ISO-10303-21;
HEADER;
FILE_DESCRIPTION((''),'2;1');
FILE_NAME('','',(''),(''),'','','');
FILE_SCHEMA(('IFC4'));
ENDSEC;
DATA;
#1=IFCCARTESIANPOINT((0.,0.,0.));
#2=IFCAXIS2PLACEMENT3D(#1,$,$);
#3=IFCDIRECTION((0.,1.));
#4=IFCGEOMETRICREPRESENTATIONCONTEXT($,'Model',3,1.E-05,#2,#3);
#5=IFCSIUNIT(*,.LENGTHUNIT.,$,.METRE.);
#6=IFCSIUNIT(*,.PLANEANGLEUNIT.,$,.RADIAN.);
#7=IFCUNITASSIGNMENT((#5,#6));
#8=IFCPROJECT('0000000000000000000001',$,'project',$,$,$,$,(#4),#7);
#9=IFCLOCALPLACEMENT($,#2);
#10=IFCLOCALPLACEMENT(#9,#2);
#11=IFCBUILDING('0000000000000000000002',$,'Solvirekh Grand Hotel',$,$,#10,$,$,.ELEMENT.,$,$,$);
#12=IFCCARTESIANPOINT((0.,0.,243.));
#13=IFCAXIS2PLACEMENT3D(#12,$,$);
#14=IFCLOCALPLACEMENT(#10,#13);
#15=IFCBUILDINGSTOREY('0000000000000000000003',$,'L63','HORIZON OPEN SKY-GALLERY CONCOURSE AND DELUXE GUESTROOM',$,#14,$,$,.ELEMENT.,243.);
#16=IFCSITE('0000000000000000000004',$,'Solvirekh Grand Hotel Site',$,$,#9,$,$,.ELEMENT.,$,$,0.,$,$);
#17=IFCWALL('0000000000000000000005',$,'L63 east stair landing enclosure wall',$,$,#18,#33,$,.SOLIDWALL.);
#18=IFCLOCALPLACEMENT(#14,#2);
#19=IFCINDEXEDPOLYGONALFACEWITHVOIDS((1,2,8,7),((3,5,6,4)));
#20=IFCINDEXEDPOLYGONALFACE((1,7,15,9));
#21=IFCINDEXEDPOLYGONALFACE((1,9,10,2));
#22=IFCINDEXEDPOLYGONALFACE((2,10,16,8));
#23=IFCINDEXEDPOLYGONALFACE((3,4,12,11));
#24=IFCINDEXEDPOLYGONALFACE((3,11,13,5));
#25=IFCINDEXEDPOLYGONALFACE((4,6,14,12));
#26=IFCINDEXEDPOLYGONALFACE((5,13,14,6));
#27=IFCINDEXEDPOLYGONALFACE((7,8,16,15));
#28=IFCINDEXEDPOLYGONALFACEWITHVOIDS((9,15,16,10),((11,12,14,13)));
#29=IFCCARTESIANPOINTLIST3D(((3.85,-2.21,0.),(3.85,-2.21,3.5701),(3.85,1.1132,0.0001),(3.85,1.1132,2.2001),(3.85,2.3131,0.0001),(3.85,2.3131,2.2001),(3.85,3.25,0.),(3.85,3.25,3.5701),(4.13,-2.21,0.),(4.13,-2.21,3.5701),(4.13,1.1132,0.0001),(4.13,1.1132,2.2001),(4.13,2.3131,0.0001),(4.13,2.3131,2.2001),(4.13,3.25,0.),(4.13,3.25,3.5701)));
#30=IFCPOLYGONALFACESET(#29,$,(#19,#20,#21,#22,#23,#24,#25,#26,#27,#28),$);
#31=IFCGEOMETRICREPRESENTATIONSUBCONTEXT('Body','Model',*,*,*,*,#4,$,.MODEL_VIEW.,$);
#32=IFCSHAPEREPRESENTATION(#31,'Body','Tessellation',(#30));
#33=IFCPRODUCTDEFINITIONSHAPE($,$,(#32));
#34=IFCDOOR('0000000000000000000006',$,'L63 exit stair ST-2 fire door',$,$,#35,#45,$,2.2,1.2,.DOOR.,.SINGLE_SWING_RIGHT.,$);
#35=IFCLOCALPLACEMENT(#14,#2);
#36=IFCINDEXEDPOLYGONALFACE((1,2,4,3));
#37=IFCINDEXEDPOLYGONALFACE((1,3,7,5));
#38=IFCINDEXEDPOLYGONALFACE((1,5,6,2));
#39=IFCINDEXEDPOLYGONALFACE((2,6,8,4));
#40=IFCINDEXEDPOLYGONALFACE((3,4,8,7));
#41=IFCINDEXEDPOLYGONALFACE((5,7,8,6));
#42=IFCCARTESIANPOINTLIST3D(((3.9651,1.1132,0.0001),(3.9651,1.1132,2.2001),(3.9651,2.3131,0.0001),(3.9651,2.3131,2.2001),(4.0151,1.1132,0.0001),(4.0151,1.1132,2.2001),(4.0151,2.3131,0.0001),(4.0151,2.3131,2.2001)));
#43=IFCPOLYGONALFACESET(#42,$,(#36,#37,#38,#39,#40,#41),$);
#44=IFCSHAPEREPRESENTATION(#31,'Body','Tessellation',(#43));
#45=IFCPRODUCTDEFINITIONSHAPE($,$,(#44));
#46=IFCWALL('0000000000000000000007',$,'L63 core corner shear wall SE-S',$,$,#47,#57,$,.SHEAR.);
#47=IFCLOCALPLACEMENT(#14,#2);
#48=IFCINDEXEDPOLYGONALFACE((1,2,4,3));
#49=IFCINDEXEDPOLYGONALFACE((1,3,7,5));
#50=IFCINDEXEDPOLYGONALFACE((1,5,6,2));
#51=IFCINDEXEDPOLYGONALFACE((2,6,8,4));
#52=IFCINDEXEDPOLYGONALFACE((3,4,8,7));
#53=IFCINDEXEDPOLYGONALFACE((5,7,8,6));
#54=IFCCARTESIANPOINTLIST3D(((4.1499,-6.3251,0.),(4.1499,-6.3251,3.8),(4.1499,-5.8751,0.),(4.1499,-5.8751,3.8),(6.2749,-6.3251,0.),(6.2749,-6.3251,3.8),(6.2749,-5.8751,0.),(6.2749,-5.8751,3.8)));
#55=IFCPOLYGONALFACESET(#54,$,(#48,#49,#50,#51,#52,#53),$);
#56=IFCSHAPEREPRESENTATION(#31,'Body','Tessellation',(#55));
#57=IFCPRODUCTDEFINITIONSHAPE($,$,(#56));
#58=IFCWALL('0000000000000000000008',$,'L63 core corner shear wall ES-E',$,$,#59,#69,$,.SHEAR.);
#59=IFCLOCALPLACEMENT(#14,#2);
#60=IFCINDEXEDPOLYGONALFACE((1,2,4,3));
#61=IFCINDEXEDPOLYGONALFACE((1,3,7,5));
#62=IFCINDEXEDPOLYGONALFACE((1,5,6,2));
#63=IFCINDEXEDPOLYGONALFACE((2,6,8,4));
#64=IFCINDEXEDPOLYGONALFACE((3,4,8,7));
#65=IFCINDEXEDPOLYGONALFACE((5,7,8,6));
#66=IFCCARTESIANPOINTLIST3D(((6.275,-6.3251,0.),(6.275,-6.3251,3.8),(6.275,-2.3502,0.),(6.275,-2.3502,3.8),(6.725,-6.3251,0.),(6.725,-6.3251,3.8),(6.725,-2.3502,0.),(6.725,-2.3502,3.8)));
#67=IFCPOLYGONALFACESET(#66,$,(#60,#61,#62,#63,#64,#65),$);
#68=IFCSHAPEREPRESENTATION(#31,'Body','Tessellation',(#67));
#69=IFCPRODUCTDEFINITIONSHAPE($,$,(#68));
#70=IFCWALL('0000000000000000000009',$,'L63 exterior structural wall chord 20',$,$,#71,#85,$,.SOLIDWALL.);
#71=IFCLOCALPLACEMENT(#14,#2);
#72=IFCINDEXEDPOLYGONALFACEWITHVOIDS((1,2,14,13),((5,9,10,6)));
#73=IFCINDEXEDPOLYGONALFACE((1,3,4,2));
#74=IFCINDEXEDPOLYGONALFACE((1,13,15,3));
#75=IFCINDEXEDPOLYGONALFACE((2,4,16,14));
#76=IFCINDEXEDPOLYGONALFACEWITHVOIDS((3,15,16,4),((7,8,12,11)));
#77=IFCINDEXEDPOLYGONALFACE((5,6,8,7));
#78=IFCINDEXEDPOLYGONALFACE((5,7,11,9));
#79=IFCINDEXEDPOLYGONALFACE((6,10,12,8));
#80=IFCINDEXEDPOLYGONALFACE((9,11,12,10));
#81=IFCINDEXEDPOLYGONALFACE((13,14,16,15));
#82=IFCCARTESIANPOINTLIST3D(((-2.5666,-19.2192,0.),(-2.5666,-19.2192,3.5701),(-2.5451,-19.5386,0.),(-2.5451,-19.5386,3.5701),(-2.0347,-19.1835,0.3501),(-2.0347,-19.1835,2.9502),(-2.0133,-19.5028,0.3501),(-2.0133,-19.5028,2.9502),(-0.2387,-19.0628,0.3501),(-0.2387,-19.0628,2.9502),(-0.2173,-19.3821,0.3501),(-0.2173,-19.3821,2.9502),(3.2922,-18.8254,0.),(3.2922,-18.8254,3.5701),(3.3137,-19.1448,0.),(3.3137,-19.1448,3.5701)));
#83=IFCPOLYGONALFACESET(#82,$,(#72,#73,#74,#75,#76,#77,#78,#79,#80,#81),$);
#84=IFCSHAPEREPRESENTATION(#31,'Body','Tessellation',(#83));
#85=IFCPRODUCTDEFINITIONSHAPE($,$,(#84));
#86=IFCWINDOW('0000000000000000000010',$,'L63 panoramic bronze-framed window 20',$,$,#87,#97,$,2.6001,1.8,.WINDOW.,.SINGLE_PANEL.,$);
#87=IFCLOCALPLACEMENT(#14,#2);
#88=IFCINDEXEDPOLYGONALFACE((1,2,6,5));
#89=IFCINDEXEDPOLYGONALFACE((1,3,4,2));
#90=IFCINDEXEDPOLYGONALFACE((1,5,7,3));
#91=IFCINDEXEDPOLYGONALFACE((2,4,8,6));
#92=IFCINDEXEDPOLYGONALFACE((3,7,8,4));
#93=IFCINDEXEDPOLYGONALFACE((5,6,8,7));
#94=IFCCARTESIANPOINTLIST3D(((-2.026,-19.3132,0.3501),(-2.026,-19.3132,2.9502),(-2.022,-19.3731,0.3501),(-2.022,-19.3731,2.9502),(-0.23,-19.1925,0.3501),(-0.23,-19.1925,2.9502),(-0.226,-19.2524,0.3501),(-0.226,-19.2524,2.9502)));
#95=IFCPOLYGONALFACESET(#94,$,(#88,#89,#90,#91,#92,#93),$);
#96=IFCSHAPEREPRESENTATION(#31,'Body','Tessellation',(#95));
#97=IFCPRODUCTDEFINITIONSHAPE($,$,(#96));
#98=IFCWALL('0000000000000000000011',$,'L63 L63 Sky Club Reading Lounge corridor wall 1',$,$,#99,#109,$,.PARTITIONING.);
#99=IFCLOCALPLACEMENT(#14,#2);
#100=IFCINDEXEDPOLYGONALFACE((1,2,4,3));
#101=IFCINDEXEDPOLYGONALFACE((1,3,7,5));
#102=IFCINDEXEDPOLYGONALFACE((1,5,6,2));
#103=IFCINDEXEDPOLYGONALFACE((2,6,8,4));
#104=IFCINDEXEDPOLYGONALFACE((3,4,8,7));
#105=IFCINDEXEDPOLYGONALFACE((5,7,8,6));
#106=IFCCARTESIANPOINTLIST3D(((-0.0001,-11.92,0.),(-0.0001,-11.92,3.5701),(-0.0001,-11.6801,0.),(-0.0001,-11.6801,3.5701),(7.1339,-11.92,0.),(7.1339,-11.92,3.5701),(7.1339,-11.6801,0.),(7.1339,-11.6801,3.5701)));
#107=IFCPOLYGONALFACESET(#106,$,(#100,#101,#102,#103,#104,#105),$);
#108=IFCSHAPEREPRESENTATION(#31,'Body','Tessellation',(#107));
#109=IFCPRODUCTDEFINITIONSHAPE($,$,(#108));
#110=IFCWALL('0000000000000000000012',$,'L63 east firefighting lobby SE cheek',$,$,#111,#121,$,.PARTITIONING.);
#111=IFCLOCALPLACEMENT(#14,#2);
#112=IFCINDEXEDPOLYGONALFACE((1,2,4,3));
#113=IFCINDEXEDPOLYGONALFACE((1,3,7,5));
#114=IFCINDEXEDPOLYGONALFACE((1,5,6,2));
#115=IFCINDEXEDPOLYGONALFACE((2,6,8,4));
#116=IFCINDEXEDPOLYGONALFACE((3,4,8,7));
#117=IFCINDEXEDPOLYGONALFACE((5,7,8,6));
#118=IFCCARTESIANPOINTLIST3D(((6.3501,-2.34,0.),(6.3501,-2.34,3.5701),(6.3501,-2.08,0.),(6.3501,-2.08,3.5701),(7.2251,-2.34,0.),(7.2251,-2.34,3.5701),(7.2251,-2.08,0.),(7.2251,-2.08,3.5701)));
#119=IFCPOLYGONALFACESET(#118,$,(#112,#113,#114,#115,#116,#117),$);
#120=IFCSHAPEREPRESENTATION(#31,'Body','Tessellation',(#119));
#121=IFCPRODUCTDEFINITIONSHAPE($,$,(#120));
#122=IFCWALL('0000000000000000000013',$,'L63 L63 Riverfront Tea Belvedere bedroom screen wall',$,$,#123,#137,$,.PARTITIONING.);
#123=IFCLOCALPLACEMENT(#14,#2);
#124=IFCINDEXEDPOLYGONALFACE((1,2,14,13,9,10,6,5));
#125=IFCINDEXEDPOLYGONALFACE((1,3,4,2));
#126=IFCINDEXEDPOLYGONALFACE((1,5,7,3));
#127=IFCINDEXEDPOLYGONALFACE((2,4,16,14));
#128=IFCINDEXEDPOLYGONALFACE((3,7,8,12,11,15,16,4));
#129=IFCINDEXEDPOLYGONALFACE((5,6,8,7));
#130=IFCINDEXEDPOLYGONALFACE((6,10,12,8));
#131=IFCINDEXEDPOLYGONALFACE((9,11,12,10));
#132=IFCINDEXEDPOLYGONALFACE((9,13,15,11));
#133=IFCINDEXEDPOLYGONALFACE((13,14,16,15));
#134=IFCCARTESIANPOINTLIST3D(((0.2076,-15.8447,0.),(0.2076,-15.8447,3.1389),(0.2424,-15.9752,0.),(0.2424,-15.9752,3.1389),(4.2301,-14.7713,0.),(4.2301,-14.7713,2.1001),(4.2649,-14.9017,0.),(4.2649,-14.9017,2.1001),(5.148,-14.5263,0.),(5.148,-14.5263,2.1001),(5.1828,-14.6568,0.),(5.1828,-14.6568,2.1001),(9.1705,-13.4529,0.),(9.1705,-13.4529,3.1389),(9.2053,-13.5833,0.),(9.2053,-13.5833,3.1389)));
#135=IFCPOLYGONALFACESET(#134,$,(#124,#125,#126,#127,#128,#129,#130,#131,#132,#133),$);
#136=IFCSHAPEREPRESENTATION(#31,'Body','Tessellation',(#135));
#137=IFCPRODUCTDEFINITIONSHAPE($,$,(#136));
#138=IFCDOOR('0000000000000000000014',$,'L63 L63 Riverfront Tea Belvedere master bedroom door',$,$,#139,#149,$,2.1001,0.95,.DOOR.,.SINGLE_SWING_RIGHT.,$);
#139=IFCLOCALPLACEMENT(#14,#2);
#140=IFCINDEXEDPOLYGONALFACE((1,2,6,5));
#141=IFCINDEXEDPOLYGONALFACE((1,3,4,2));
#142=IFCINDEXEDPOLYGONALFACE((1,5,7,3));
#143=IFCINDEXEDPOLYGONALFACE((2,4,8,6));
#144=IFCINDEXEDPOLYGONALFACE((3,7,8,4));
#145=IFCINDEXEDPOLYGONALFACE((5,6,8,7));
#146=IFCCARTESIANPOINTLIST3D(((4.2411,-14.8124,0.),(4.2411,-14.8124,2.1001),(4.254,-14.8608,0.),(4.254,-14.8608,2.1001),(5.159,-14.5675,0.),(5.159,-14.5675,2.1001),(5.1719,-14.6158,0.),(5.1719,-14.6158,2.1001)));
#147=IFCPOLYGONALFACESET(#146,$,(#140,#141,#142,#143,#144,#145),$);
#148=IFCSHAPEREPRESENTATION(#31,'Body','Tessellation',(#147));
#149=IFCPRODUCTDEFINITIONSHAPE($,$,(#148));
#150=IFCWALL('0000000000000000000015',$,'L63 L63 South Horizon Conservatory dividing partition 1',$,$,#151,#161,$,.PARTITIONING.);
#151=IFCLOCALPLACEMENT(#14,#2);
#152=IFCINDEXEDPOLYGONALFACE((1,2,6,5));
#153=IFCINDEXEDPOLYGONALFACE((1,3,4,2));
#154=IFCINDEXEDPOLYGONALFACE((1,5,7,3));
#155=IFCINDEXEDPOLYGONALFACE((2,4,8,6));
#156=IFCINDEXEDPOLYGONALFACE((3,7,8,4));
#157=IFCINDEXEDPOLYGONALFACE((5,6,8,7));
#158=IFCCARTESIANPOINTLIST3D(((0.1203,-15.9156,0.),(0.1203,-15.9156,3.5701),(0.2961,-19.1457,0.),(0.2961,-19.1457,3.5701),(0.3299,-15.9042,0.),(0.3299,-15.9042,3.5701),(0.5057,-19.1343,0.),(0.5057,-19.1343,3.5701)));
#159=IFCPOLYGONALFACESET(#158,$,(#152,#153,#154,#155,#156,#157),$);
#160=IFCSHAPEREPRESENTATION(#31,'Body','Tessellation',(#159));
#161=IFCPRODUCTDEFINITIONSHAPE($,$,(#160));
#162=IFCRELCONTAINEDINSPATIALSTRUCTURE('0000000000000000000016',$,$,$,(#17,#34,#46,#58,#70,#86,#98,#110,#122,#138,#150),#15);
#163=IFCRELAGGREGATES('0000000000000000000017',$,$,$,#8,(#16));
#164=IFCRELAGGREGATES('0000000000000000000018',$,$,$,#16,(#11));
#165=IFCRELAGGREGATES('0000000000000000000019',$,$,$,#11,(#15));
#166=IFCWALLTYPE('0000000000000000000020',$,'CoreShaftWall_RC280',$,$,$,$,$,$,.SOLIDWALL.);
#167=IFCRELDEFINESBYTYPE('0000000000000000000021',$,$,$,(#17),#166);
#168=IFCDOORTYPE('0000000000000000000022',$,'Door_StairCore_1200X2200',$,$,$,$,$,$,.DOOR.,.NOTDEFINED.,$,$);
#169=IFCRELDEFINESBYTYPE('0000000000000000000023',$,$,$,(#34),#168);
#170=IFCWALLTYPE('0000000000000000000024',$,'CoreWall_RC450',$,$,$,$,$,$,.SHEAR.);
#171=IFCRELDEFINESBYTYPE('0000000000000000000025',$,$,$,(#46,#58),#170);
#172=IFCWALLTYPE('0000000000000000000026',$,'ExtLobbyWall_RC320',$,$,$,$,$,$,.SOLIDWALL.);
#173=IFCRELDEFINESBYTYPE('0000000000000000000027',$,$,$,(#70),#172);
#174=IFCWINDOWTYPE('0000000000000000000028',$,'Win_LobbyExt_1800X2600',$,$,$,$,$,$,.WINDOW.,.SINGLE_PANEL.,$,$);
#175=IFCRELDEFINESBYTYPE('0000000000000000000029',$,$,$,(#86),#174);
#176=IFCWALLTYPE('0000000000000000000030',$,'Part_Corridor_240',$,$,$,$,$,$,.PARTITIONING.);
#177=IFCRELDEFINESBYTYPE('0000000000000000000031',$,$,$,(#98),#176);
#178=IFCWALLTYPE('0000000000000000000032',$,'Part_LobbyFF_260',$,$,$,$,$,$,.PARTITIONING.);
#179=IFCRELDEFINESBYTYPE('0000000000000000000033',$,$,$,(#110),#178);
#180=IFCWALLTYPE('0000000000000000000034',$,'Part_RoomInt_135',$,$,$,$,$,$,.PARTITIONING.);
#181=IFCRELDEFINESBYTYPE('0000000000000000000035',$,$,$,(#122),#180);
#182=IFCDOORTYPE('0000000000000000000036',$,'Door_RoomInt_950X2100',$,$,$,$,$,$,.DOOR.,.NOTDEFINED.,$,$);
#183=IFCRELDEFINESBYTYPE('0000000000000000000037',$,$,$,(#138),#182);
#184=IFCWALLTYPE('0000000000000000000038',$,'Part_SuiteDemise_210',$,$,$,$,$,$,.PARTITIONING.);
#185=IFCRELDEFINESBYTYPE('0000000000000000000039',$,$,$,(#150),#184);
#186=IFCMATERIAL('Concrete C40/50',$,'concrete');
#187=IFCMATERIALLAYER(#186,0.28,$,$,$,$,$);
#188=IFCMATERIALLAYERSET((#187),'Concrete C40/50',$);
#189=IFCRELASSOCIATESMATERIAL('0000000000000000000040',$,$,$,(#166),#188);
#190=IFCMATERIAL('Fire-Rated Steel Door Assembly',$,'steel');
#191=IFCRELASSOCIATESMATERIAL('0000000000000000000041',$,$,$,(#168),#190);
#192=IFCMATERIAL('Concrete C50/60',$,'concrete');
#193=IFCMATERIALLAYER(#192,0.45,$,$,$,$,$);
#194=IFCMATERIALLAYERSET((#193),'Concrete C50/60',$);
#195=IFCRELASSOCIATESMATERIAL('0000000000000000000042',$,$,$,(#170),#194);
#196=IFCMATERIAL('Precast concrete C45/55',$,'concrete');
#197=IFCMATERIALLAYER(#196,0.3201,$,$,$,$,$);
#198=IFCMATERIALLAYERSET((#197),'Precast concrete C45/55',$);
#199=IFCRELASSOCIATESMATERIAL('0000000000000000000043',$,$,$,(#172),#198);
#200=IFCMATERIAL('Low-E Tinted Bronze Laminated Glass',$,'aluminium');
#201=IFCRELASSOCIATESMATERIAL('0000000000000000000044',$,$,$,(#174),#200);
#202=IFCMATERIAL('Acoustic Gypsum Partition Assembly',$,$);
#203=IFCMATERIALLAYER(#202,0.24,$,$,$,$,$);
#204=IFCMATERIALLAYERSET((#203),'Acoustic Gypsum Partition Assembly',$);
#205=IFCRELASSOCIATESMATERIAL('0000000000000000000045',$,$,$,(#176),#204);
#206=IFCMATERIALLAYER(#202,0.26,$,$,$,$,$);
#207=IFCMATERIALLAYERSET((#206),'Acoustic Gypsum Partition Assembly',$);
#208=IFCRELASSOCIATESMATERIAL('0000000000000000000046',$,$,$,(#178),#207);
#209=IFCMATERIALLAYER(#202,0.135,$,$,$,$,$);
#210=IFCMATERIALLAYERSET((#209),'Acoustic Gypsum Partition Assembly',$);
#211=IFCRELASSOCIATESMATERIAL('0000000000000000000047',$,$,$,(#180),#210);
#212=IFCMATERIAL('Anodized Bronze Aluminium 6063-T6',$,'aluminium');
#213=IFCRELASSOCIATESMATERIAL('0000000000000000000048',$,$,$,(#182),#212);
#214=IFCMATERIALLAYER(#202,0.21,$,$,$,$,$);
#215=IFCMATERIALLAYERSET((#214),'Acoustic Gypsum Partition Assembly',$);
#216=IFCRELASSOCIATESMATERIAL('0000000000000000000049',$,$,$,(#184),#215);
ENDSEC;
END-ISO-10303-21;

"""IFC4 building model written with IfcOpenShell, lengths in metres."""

from ifc_helpers import new_model, si_unit, direction, frame, frame_2d, origin, place, context, subcontext, project, spatial, rectangle, extrude, material, layer, layer_set, type_object, element, fill, save


model = new_model("IFC4")

# Units and contexts
model_context = context("Model", 3, precision=1e-05, world=origin(), true_north=direction((0.0, 1.0)))
body_context = subcontext(model_context, "Body", "Model", "MODEL_VIEW")
ifc_project = project(units=[si_unit("LENGTHUNIT", "METRE"), si_unit("PLANEANGLEUNIT", "RADIAN")], contexts=[model_context])

# Site, building, storey
site_placement = place(None, origin())
site = spatial("IfcSite", under=ifc_project, at=site_placement, Name="Solvirekh Grand Hotel Site", CompositionType="ELEMENT", RefElevation=0.0)
building_placement = place(site_placement, origin())
building = spatial("IfcBuilding", under=site, at=building_placement, Name="Solvirekh Grand Hotel", CompositionType="ELEMENT")
storey_placement = place(building_placement, frame((0.0, 0.0, 243.0)))
storey = spatial("IfcBuildingStorey", under=building, at=storey_placement, Name="L63", Description="HORIZON OPEN SKY-GALLERY CONCOURSE AND DELUXE GUESTROOM", CompositionType="ELEMENT", Elevation=243.0)

# Shared definitions
ifc_material_1 = material(Name="Concrete C50/60", Category="concrete")

# Shared definitions
ifc_material_2 = material(Name="Anodized Bronze Aluminium 6063-T6", Category="aluminium")

# Shared definitions
ifc_material_3 = material(Name="Concrete C40/50", Category="concrete")

# Shared definitions
ifc_material_4 = material(Name="Low-E Tinted Bronze Laminated Glass", Category="aluminium")

# Shared definitions
ifc_layer_1 = layer(ifc_material_3, 0.28)
ifc_layer_set_1 = layer_set([ifc_layer_1], Name="Concrete C40/50")
wall_type_1 = type_object("IfcWallType", Name="CoreShaftWall_RC280", PredefinedType="SOLIDWALL", material=ifc_layer_set_1)

# Shared definitions
ifc_material_5 = material(Name="Fire-Rated Steel Door Assembly", Category="steel")

# Wall, opening, door
wall_1_placement = place(storey_placement, frame((3.99, -2.21, 0.0), z_axis=(0.0, 0.0, 1.0), x_axis=(0.0, 1.0, 0.0)))
wall_1 = element("IfcWall", 1, at=wall_1_placement, inside=storey, type_object=wall_type_1, Name="L63 east stair landing enclosure wall", PredefinedType="SOLIDWALL", context=body_context, shape_type="SweptSolid", body=[
    extrude(rectangle(XDim=5.46, YDim=0.28, at=frame_2d((2.73, 0.0))), origin(), (0.0, 0.0, 1.0), 3.5701),
])
opening_1_placement = place(wall_1_placement, frame((3.323, 0.0, 0.0)))
opening_1 = element("IfcOpeningElement", 2, at=opening_1_placement, cuts=wall_1, PredefinedType="OPENING", context=body_context, shape_type="SweptSolid", body=[
    extrude(rectangle(XDim=1.2, YDim=2.2, at=frame_2d((0.6001, 1.1001))), frame((0.0, 0.1499, 0.0), z_axis=(0.0, -1.0, 0.0), x_axis=(1.0, 0.0, 0.0)), (0.0, 0.0, 1.0), 0.3),
])
door_type_1 = type_object("IfcDoorType", Name="Door_StairCore_1200X2200", OperationType="NOTDEFINED", PredefinedType="DOOR", material=ifc_material_5)
door_1_placement = place(opening_1_placement, origin())
door_1 = element("IfcDoor", 3, at=door_1_placement, inside=storey, type_object=door_type_1, Name="L63 exit stair ST-2 fire door", OperationType="SINGLE_SWING_RIGHT", OverallHeight=2.2, OverallWidth=1.2, PredefinedType="DOOR", context=body_context, shape_type="SweptSolid", body=[
    extrude(rectangle(XDim=1.2, YDim=2.2, at=frame_2d((0.6001, 1.1001))), frame((0.0, 0.0249, 0.0), z_axis=(0.0, -1.0, 0.0), x_axis=(1.0, 0.0, 0.0)), (0.0, 0.0, 1.0), 0.05),
])
fill(opening_1, door_1)

# Walls
ifc_layer_2 = layer(ifc_material_1, 0.45)
ifc_layer_set_2 = layer_set([ifc_layer_2], Name="Concrete C50/60")
wall_type_2 = type_object("IfcWallType", Name="CoreWall_RC450", PredefinedType="SHEAR", material=ifc_layer_set_2)
wall_2_placement = place(storey_placement, frame((4.1499, -6.1001, 0.0), z_axis=(0.0, 0.0, 1.0), x_axis=(1.0, 0.0, 0.0)))
element("IfcWall", 4, at=wall_2_placement, inside=storey, type_object=wall_type_2, Name="L63 core corner shear wall SE-S", PredefinedType="SHEAR", context=body_context, shape_type="SweptSolid", body=[
    extrude(rectangle(XDim=2.125, YDim=0.45, at=frame_2d((1.0625, 0.0))), origin(), (0.0, 0.0, 1.0), 3.8),
])
wall_3_placement = place(storey_placement, frame((6.5, -6.325, 0.0), z_axis=(0.0, 0.0, 1.0), x_axis=(0.0, 1.0, 0.0)))
element("IfcWall", 5, at=wall_3_placement, inside=storey, type_object=wall_type_2, Name="L63 core corner shear wall ES-E", PredefinedType="SHEAR", context=body_context, shape_type="SweptSolid", body=[
    extrude(rectangle(XDim=3.9749, YDim=0.45, at=frame_2d((1.9873, 0.0))), origin(), (0.0, 0.0, 1.0), 3.8),
])

# Wall, opening, window
ifc_material_6 = material(Name="Precast concrete C45/55", Category="concrete")
ifc_layer_3 = layer(ifc_material_6, 0.3201)
ifc_layer_set_3 = layer_set([ifc_layer_3], Name="Precast concrete C45/55")
wall_type_3 = type_object("IfcWallType", Name="ExtLobbyWall_RC320", PredefinedType="SOLIDWALL", material=ifc_layer_set_3)
wall_4_placement = place(storey_placement, frame((3.303, -18.9851, 0.0), z_axis=(0.0, 0.0, 1.0), x_axis=(-0.997749, -0.067063, 0.0)))
wall_4 = element("IfcWall", 6, at=wall_4_placement, inside=storey, type_object=wall_type_3, Name="L63 exterior structural wall chord 20", PredefinedType="SOLIDWALL", context=body_context, shape_type="SweptSolid", body=[
    extrude(rectangle(XDim=5.8721, YDim=0.3201, at=frame_2d((2.936, 0.0))), origin(), (0.0, 0.0, 1.0), 3.5701),
])
opening_2_placement = place(wall_4_placement, frame((3.5391, 0.0, 0.3501)))
opening_2 = element("IfcOpeningElement", 7, at=opening_2_placement, cuts=wall_4, PredefinedType="OPENING", context=body_context, shape_type="SweptSolid", body=[
    extrude(rectangle(XDim=1.8, YDim=2.6001, at=frame_2d((0.8999, 1.3))), frame((0.0, 0.1699, 0.0), z_axis=(0.0, -1.0, 0.0), x_axis=(1.0, 0.0, 0.0)), (0.0, 0.0, 1.0), 0.3401),
])
window_type = type_object("IfcWindowType", Name="Win_LobbyExt_1800X2600", PartitioningType="SINGLE_PANEL", PredefinedType="WINDOW", material=ifc_material_4)
window_placement = place(opening_2_placement, origin())
window = element("IfcWindow", 8, at=window_placement, inside=storey, type_object=window_type, Name="L63 panoramic bronze-framed window 20", OverallHeight=2.6001, OverallWidth=1.8, PartitioningType="SINGLE_PANEL", PredefinedType="WINDOW", context=body_context, shape_type="SweptSolid", body=[
    extrude(rectangle(XDim=1.8, YDim=2.6001, at=frame_2d((0.8999, 1.3))), frame((0.0, 0.03, 0.0), z_axis=(0.0, -1.0, 0.0), x_axis=(1.0, 0.0, 0.0)), (0.0, 0.0, 1.0), 0.0601),
])
fill(opening_2, window)

# Walls
ifc_material_7 = material(Name="Acoustic Gypsum Partition Assembly")
ifc_layer_4 = layer(ifc_material_7, 0.24)
ifc_layer_set_4 = layer_set([ifc_layer_4], Name="Acoustic Gypsum Partition Assembly")
wall_type_4 = type_object("IfcWallType", Name="Part_Corridor_240", PredefinedType="PARTITIONING", material=ifc_layer_set_4)
wall_5_placement = place(storey_placement, frame((0.0, -11.8, 0.0), z_axis=(0.0, 0.0, 1.0), x_axis=(1.0, 0.0, 0.0)))
element("IfcWall", 9, at=wall_5_placement, inside=storey, type_object=wall_type_4, Name="L63 L63 Sky Club Reading Lounge corridor wall 1", PredefinedType="PARTITIONING", context=body_context, shape_type="SweptSolid", body=[
    extrude(rectangle(XDim=7.134, YDim=0.24, at=frame_2d((3.5669, 0.0))), origin(), (0.0, 0.0, 1.0), 3.5701),
])
ifc_layer_5 = layer(ifc_material_7, 0.26)
ifc_layer_set_5 = layer_set([ifc_layer_5], Name="Acoustic Gypsum Partition Assembly")
wall_type_5 = type_object("IfcWallType", Name="Part_LobbyFF_260", PredefinedType="PARTITIONING", material=ifc_layer_set_5)
wall_6_placement = place(storey_placement, frame((6.3501, -2.21, 0.0), z_axis=(0.0, 0.0, 1.0), x_axis=(1.0, 0.0, 0.0)))
element("IfcWall", 10, at=wall_6_placement, inside=storey, type_object=wall_type_5, Name="L63 east firefighting lobby SE cheek", PredefinedType="PARTITIONING", context=body_context, shape_type="SweptSolid", body=[
    extrude(rectangle(XDim=0.875, YDim=0.26, at=frame_2d((0.4375, 0.0))), origin(), (0.0, 0.0, 1.0), 3.5701),
])

# Wall, opening, door
ifc_layer_6 = layer(ifc_material_7, 0.135)
ifc_layer_set_6 = layer_set([ifc_layer_6], Name="Acoustic Gypsum Partition Assembly")
wall_type_6 = type_object("IfcWallType", Name="Part_RoomInt_135", PredefinedType="PARTITIONING", material=ifc_layer_set_6)
wall_7_placement = place(storey_placement, frame((0.2251, -15.9099, 0.0), z_axis=(0.0, 0.0, 1.0), x_axis=(0.966188, 0.257838, 0.0)))
wall_7 = element("IfcWall", 11, at=wall_7_placement, inside=storey, type_object=wall_type_6, Name="L63 L63 Riverfront Tea Belvedere bedroom screen wall", PredefinedType="PARTITIONING", context=body_context, shape_type="SweptSolid", body=[
    extrude(rectangle(XDim=9.2766, YDim=0.135, at=frame_2d((4.6382, 0.0))), origin(), (0.0, 0.0, 1.0), 3.1389),
])
opening_3_placement = place(wall_7_placement, frame((4.1631, 0.0, 0.0)))
opening_3 = element("IfcOpeningElement", 12, at=opening_3_placement, cuts=wall_7, PredefinedType="OPENING", context=body_context, shape_type="SweptSolid", body=[
    extrude(rectangle(XDim=0.95, YDim=2.1001, at=frame_2d((0.4751, 1.05))), frame((0.0, 0.0776, 0.0), z_axis=(0.0, -1.0, 0.0), x_axis=(1.0, 0.0, 0.0)), (0.0, 0.0, 1.0), 0.155),
])
door_type_2 = type_object("IfcDoorType", Name="Door_RoomInt_950X2100", OperationType="NOTDEFINED", PredefinedType="DOOR", material=ifc_material_2)
door_2_placement = place(opening_3_placement, origin())
door_2 = element("IfcDoor", 13, at=door_2_placement, inside=storey, type_object=door_type_2, Name="L63 L63 Riverfront Tea Belvedere master bedroom door", OperationType="SINGLE_SWING_RIGHT", OverallHeight=2.1001, OverallWidth=0.95, PredefinedType="DOOR", context=body_context, shape_type="SweptSolid", body=[
    extrude(rectangle(XDim=0.95, YDim=2.1001, at=frame_2d((0.4751, 1.05))), frame((0.0, 0.0249, 0.0), z_axis=(0.0, -1.0, 0.0), x_axis=(1.0, 0.0, 0.0)), (0.0, 0.0, 1.0), 0.05),
])
fill(opening_3, door_2)

# Wall
ifc_layer_7 = layer(ifc_material_7, 0.21)
ifc_layer_set_7 = layer_set([ifc_layer_7], Name="Acoustic Gypsum Partition Assembly")
wall_type_7 = type_object("IfcWallType", Name="Part_SuiteDemise_210", PredefinedType="PARTITIONING", material=ifc_layer_set_7)
wall_8_placement = place(storey_placement, frame((0.2251, -15.9099, 0.0), z_axis=(0.0, 0.0, 1.0), x_axis=(0.054341, -0.998522, 0.0)))
element("IfcWall", 14, at=wall_8_placement, inside=storey, type_object=wall_type_7, Name="L63 L63 South Horizon Conservatory dividing partition 1", PredefinedType="PARTITIONING", context=body_context, shape_type="SweptSolid", body=[
    extrude(rectangle(XDim=3.2349, YDim=0.21, at=frame_2d((1.6174, 0.0))), origin(), (0.0, 0.0, 1.0), 3.5701),
])

save(model, "model.ifc")
